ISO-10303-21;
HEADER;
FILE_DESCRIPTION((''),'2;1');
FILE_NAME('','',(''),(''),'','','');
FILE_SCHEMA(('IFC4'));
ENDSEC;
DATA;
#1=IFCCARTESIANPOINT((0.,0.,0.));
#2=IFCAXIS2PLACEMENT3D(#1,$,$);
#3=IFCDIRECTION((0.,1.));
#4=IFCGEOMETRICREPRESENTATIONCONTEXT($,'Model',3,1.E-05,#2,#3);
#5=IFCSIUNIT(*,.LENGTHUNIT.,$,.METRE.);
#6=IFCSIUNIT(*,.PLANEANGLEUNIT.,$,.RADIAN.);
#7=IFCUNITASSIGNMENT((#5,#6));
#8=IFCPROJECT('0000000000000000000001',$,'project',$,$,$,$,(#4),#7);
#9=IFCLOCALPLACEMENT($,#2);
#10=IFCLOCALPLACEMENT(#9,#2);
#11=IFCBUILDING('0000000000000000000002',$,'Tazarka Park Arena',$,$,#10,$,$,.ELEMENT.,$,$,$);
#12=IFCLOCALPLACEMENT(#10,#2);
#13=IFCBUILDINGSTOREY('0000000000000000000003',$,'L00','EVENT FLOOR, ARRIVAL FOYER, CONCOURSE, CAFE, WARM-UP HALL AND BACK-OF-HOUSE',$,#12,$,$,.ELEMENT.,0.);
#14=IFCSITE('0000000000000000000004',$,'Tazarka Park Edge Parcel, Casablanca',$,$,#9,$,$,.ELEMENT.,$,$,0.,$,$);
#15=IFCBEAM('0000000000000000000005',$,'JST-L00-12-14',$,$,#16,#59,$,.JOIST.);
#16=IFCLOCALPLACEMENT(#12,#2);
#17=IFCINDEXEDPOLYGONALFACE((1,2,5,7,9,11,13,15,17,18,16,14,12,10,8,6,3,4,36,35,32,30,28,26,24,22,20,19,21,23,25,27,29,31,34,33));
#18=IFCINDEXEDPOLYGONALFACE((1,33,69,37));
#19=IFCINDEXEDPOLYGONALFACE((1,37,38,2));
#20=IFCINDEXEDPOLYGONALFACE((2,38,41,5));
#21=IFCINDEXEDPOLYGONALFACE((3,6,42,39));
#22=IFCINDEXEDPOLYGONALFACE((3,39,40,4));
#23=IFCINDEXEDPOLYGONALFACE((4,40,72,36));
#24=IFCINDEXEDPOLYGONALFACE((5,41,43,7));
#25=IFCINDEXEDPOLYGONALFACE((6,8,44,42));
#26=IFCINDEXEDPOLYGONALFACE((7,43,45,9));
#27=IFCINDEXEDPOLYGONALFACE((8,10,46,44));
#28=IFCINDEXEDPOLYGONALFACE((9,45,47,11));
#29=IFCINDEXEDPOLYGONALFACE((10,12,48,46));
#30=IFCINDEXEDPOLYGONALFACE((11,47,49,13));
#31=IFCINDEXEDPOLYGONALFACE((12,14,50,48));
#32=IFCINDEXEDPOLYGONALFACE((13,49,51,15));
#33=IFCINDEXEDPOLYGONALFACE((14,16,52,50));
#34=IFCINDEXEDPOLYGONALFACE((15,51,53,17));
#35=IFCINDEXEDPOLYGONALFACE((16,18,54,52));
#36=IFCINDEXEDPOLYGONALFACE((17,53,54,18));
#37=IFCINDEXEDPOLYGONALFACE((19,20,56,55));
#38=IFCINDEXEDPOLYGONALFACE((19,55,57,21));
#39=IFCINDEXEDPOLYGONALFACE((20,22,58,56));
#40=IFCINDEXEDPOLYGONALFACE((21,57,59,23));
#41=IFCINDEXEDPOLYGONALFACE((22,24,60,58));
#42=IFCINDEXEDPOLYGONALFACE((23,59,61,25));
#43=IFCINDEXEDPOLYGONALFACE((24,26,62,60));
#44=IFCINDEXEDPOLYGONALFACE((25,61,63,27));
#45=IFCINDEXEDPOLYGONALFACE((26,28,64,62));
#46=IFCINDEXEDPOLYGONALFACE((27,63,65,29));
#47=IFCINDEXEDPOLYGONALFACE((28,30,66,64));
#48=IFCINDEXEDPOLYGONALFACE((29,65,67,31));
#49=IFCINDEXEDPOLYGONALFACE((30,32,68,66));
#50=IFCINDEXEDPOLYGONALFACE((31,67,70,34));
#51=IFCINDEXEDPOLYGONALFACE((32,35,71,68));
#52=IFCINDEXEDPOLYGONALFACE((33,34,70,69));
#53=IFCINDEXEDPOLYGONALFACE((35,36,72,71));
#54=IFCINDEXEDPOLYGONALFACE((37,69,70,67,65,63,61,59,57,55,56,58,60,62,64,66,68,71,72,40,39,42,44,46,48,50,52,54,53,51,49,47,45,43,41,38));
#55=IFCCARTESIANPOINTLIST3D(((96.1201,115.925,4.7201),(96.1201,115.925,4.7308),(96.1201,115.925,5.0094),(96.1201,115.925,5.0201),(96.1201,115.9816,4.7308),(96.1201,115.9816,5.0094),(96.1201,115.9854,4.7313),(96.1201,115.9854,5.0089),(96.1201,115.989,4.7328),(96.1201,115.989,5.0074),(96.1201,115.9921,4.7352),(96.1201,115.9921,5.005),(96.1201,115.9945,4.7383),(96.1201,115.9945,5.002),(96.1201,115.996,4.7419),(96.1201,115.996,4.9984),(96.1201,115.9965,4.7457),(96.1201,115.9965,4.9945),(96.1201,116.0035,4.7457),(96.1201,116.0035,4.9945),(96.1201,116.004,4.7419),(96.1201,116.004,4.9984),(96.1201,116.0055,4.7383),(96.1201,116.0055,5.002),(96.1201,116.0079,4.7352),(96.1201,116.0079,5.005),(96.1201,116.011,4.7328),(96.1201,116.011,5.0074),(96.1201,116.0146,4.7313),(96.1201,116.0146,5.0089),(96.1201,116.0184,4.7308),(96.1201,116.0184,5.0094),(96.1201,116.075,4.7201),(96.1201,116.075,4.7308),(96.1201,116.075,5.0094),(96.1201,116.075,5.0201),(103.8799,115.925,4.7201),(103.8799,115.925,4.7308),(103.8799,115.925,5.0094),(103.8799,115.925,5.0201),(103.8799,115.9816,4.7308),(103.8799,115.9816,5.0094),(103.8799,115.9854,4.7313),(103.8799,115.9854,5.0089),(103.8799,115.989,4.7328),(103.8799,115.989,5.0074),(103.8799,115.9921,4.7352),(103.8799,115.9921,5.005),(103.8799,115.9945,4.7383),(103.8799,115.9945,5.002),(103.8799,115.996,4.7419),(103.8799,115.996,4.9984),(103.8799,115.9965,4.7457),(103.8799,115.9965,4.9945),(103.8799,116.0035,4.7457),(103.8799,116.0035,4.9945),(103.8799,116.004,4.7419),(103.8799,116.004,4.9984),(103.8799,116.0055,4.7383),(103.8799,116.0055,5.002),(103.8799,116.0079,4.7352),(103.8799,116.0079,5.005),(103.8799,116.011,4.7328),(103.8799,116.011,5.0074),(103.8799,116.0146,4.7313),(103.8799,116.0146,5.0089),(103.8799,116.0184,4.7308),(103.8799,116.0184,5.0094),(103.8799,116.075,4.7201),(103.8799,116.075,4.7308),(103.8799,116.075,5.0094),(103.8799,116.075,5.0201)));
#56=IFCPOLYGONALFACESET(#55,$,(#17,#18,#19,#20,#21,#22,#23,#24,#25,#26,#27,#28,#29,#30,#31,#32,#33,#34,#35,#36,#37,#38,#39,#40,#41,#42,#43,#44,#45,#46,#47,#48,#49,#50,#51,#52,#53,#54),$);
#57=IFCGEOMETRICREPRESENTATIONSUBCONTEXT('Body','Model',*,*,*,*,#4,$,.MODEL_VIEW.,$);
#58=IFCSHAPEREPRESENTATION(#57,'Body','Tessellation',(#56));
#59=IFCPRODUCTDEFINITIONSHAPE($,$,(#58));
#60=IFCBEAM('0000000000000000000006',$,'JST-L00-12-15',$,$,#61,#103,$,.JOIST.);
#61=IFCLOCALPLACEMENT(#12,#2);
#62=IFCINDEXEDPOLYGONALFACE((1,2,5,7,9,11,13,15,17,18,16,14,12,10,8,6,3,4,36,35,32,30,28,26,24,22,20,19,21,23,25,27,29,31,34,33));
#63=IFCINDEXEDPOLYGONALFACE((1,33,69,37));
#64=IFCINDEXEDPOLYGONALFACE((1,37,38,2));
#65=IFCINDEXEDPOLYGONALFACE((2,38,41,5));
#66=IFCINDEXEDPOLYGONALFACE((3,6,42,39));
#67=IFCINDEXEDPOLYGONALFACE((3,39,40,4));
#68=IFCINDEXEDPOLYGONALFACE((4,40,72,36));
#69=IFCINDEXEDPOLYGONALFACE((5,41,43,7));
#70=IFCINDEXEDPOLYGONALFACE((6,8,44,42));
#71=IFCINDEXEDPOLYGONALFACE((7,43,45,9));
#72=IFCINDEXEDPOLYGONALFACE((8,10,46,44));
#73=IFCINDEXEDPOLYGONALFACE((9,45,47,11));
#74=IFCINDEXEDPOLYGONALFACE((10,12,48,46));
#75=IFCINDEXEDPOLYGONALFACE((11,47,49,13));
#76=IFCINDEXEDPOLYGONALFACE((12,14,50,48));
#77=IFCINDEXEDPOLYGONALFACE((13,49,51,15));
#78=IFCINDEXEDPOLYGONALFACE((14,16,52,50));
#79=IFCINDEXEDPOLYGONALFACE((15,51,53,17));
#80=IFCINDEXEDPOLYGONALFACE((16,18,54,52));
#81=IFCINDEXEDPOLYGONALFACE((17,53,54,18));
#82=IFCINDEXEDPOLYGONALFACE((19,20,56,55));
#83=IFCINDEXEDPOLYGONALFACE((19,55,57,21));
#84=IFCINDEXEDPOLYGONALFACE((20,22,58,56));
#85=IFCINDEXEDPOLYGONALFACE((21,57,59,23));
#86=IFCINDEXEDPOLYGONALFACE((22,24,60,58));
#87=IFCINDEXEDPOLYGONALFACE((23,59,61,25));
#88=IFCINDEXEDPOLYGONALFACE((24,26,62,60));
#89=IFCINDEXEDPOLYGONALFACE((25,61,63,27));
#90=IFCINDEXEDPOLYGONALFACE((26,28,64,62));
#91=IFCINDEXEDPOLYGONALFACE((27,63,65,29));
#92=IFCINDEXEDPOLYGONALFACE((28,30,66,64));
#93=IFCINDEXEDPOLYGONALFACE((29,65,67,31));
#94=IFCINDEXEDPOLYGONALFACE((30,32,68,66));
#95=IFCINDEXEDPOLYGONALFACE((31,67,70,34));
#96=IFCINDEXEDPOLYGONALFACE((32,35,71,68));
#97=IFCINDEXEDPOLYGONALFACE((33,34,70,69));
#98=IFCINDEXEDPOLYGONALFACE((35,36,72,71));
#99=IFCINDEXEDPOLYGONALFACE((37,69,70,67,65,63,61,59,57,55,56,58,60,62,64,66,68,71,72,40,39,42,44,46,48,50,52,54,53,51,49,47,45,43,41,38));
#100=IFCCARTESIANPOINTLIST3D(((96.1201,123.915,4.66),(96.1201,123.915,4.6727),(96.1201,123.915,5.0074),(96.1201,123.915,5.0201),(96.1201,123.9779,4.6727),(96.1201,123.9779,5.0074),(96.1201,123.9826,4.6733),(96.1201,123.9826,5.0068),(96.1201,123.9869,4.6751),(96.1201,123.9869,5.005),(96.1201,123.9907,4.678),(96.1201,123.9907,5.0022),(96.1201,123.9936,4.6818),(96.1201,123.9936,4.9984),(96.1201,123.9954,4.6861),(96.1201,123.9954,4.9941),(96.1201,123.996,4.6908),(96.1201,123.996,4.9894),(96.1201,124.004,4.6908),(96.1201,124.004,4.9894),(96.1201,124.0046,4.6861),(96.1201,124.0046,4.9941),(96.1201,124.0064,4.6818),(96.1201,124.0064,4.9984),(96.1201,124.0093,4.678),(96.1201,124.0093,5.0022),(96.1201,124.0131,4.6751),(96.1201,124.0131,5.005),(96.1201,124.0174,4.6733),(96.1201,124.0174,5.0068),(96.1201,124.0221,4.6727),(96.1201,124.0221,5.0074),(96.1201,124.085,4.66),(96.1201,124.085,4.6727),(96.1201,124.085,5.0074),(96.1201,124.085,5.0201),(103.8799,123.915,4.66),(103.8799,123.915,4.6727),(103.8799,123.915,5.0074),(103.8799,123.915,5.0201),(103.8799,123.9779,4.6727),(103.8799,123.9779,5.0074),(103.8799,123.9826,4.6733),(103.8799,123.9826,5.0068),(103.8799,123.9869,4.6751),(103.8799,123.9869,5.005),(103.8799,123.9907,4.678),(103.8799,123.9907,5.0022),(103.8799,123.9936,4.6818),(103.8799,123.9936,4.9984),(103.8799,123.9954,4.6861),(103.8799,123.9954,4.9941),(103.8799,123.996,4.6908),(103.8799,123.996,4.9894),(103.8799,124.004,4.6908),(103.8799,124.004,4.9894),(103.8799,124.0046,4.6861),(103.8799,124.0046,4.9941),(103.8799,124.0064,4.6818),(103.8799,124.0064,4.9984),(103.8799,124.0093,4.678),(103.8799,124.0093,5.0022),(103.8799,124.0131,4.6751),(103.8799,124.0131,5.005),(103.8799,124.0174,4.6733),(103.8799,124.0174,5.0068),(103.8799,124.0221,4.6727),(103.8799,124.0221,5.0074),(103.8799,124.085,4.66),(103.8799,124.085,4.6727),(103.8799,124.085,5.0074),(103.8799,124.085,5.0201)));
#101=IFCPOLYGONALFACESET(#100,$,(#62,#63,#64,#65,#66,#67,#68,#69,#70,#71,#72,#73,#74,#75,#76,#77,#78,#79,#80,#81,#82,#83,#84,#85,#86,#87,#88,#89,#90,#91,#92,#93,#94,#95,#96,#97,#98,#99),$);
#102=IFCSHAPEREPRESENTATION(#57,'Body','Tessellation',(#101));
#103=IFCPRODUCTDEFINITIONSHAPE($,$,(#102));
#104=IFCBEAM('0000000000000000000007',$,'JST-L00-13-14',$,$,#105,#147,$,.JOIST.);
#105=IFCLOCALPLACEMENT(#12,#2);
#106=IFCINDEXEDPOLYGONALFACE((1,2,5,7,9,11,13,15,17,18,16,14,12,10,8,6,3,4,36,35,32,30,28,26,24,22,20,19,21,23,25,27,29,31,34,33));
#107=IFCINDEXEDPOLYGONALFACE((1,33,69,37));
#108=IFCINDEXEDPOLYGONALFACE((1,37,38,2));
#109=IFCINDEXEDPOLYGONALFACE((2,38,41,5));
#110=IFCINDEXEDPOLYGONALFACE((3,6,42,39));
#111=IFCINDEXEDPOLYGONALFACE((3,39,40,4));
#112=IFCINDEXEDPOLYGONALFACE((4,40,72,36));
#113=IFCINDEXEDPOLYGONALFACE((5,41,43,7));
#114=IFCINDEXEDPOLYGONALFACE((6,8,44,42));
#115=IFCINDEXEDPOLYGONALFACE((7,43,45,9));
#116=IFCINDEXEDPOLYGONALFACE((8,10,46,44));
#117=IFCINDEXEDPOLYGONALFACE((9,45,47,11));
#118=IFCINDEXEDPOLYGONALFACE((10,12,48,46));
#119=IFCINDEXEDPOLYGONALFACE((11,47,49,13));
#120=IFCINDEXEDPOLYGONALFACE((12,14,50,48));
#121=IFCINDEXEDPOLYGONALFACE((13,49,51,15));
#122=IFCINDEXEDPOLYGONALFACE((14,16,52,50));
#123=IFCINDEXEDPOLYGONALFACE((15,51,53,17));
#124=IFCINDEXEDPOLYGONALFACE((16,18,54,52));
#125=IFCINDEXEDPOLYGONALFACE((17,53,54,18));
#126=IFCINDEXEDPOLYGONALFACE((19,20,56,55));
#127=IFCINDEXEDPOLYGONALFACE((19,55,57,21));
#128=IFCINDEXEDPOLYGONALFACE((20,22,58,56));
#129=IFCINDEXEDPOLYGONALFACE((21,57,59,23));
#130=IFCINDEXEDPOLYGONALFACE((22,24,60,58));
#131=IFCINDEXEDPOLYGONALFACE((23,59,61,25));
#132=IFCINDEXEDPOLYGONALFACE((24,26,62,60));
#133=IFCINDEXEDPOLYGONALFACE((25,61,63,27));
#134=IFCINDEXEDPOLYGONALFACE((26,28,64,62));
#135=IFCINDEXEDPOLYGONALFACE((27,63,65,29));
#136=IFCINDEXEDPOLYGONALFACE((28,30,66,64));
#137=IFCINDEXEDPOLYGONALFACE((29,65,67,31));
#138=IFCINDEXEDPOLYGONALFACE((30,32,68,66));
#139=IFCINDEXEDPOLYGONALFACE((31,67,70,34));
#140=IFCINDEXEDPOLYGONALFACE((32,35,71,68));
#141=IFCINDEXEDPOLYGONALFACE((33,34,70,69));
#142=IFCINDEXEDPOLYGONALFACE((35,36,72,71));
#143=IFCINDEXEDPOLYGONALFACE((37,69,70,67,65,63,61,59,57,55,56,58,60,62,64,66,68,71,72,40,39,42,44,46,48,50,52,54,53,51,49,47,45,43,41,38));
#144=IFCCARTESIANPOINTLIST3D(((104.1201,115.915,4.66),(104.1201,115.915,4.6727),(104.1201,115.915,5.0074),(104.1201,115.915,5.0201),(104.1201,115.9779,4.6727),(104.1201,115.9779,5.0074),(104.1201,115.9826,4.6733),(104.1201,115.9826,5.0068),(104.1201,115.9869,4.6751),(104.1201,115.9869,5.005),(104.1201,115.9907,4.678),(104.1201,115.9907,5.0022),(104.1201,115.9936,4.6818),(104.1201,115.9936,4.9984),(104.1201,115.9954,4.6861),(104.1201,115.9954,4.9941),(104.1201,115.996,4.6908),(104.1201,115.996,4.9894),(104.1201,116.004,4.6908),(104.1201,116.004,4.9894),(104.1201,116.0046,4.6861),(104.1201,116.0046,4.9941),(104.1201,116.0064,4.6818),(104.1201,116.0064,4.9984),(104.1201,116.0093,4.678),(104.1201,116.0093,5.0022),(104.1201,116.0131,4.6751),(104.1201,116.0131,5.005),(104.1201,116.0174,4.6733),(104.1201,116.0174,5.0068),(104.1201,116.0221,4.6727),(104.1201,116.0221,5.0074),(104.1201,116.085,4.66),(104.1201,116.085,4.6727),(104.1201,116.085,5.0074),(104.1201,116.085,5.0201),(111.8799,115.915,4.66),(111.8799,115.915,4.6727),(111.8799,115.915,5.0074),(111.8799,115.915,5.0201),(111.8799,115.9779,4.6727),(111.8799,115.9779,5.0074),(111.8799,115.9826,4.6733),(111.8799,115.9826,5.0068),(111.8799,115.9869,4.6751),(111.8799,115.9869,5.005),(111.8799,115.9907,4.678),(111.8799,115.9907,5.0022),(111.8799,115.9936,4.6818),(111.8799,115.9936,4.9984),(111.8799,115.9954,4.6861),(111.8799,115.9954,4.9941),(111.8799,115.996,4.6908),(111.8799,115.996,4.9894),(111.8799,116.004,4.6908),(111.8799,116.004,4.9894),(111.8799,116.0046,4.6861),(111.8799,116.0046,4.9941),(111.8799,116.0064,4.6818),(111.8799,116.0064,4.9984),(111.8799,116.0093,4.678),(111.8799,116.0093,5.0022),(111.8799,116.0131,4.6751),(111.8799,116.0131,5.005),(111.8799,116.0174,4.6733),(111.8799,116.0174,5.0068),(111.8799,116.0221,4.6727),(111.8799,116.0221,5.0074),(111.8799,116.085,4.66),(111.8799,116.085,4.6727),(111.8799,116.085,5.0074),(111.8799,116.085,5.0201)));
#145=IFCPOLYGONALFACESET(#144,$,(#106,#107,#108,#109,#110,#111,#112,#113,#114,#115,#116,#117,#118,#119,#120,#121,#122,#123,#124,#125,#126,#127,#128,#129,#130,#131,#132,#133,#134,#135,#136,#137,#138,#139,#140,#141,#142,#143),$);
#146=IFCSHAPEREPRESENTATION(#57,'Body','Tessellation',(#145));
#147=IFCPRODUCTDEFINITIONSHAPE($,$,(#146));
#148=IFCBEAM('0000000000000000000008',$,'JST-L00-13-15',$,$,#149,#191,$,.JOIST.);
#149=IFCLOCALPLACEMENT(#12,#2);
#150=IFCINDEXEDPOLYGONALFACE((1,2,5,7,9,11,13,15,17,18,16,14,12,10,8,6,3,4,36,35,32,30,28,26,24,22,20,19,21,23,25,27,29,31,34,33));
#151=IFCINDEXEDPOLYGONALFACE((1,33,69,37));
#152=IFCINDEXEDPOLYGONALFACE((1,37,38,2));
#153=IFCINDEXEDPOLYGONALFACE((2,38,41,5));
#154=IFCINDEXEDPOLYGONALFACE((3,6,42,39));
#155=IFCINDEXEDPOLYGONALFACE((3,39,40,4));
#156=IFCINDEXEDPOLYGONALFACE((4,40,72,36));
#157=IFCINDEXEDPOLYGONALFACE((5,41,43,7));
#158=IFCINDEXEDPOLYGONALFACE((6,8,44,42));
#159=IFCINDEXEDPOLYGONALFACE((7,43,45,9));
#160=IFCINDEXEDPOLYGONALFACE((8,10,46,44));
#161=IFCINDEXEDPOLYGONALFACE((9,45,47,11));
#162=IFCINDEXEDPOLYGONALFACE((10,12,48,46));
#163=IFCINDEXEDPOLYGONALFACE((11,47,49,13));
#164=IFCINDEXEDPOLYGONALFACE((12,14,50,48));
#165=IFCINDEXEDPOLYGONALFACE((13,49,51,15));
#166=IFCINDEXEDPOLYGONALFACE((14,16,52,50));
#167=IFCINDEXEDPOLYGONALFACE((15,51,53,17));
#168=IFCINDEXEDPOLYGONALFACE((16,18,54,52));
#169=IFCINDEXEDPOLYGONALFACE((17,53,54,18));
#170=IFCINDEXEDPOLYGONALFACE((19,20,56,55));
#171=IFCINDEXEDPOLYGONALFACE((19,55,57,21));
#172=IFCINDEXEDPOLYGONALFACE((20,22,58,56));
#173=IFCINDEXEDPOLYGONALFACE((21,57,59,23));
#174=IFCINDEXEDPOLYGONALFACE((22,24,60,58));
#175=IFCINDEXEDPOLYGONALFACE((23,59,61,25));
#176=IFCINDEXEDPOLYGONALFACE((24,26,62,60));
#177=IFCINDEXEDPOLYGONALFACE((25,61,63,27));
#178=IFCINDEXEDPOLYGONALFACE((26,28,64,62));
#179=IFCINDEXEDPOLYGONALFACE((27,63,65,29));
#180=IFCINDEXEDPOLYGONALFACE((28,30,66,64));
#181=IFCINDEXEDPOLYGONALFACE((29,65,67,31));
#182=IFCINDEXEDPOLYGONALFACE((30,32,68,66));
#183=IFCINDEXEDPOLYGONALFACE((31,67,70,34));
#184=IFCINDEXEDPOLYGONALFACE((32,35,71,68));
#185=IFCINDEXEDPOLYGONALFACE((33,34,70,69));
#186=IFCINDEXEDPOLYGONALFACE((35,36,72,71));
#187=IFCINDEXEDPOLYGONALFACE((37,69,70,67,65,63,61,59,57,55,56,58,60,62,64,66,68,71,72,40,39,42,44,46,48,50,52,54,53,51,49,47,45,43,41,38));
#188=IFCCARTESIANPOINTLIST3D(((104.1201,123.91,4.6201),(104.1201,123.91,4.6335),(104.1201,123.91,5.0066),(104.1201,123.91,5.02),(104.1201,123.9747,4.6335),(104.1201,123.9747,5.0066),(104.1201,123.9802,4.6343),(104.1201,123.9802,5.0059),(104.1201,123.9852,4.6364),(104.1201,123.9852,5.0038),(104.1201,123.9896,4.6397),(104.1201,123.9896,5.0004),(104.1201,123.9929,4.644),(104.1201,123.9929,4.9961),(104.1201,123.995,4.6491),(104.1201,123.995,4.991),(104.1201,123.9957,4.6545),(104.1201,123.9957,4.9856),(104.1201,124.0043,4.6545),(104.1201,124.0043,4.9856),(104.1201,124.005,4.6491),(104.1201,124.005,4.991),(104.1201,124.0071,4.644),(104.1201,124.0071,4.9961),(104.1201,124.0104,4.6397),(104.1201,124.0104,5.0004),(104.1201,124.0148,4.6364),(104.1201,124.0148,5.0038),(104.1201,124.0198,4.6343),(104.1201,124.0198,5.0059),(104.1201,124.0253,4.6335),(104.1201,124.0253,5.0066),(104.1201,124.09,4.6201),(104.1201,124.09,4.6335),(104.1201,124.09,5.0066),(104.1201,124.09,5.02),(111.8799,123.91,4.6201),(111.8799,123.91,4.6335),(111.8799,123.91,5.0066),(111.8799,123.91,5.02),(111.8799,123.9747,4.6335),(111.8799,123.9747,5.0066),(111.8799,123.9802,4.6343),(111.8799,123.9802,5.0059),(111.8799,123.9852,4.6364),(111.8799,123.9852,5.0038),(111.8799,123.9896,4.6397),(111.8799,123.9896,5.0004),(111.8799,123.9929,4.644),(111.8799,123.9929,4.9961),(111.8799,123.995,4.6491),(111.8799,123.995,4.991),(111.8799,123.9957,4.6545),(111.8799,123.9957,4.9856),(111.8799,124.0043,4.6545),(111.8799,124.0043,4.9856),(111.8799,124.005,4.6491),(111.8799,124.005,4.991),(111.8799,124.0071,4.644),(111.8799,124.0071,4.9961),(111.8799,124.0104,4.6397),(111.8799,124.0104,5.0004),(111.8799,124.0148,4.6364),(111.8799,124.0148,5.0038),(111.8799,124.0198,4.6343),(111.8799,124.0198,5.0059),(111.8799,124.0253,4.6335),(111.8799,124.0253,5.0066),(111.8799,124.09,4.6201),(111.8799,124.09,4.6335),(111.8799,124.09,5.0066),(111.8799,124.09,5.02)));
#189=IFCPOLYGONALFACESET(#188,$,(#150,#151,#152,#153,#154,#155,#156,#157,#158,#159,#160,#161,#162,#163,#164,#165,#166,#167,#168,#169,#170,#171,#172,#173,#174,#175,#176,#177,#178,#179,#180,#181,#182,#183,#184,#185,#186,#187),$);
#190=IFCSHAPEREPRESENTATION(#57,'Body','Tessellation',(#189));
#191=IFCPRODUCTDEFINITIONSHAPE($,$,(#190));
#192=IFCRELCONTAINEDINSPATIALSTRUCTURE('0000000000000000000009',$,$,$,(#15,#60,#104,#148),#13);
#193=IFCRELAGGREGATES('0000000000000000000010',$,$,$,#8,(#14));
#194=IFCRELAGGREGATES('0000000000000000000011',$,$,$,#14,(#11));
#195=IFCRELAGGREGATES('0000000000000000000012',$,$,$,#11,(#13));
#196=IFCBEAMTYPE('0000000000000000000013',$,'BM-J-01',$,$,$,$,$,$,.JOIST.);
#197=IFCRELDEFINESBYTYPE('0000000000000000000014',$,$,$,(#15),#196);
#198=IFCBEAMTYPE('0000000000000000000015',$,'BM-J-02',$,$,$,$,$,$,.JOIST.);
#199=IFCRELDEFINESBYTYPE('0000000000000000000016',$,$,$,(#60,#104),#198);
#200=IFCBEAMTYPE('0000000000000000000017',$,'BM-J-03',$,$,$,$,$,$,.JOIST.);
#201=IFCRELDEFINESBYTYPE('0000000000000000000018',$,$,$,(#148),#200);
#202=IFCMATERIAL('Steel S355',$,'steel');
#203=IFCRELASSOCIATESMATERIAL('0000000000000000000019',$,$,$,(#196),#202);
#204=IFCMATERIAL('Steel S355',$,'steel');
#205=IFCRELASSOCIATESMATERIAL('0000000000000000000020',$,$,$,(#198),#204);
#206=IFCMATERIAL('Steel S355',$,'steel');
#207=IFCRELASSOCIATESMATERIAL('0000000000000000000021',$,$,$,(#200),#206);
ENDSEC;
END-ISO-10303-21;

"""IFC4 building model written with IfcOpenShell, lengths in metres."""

from ifc_helpers import new_model, si_unit, direction, frame, origin, origin_2d, place, context, subcontext, project, spatial, i_section, extrude, material, material_profile, profile_set, type_object, element, save


model = new_model("IFC4")

# Units and contexts
model_context = context("Model", 3, precision=1e-05, world=origin(), true_north=direction((0.0, 1.0)))
body_context = subcontext(model_context, "Body", "Model", "MODEL_VIEW")
ifc_project = project(units=[si_unit("LENGTHUNIT", "METRE"), si_unit("PLANEANGLEUNIT", "RADIAN")], contexts=[model_context])

# Site, building, storey
site_placement = place(None, origin())
site = spatial("IfcSite", under=ifc_project, at=site_placement, Name="Tazarka Park Edge Parcel, Casablanca", CompositionType="ELEMENT", RefElevation=0.0)
building_placement = place(site_placement, origin())
building = spatial("IfcBuilding", under=site, at=building_placement, Name="Tazarka Park Arena", CompositionType="ELEMENT")
storey_placement = place(building_placement, origin())
storey = spatial("IfcBuildingStorey", under=building, at=storey_placement, Name="L00", Description="EVENT FLOOR, ARRIVAL FOYER, CONCOURSE, CAFE, WARM-UP HALL AND BACK-OF-HOUSE", CompositionType="ELEMENT", Elevation=0.0)

# Beams
ifc_material_1 = material(Name="Steel S355", Category="steel")
ifc_material_profile_1 = material_profile(ifc_material_1, i_section(OverallWidth=0.1499, OverallDepth=0.3, WebThickness=0.0071, FlangeThickness=0.0107, FilletRadius=0.0149, at=origin_2d()), Name="Steel S355")
ifc_profile_set_1 = profile_set([ifc_material_profile_1], Name="Steel S355")
beam_type_1 = type_object("IfcBeamType", Name="BM-J-01", PredefinedType="JOIST", material=ifc_profile_set_1)
beam_1_placement = place(storey_placement, frame((96.1201, 116.0, 4.8701), z_axis=(1.0, 0.0, 0.0), x_axis=(0.0, 1.0, 0.0)))
element("IfcBeam", 1, at=beam_1_placement, inside=storey, type_object=beam_type_1, Name="JST-L00-12-14", PredefinedType="JOIST", context=body_context, shape_type="SweptSolid", body=[
    extrude(i_section(OverallWidth=0.1499, OverallDepth=0.3, WebThickness=0.0071, FlangeThickness=0.0107, FilletRadius=0.0149, at=origin_2d()), origin(), (0.0, 0.0, 1.0), 7.7598),
])
ifc_material_2 = material(Name="Steel S355", Category="steel")
ifc_material_profile_2 = material_profile(ifc_material_2, i_section(OverallWidth=0.1699, OverallDepth=0.3601, WebThickness=0.0081, FlangeThickness=0.0127, FilletRadius=0.0181, at=origin_2d()), Name="Steel S355")
ifc_profile_set_2 = profile_set([ifc_material_profile_2], Name="Steel S355")
beam_type_2 = type_object("IfcBeamType", Name="BM-J-02", PredefinedType="JOIST", material=ifc_profile_set_2)
for number, where, z_axis, x_axis, name in (
    (2, (96.1201, 124.0, 4.8401), (1.0, 0.0, 0.0), (0.0, 1.0, 0.0), "JST-L00-12-15"),
    (3, (104.1201, 116.0, 4.8401), (1.0, 0.0, 0.0), (0.0, 1.0, 0.0), "JST-L00-13-14"),
):
    element("IfcBeam", number, at=place(storey_placement, frame(where, z_axis=z_axis, x_axis=x_axis)), inside=storey, type_object=beam_type_2, Name=name, PredefinedType="JOIST", context=body_context, shape_type="SweptSolid", body=[
        extrude(i_section(OverallWidth=0.1699, OverallDepth=0.3601, WebThickness=0.0081, FlangeThickness=0.0127, FilletRadius=0.0181, at=origin_2d()), origin(), (0.0, 0.0, 1.0), 7.7598),
    ])
ifc_material_3 = material(Name="Steel S355", Category="steel")
ifc_material_profile_3 = material_profile(ifc_material_3, i_section(OverallWidth=0.1799, OverallDepth=0.3999, WebThickness=0.0085, FlangeThickness=0.0134, FilletRadius=0.021, at=origin_2d()), Name="Steel S355")
ifc_profile_set_3 = profile_set([ifc_material_profile_3], Name="Steel S355")
beam_type_3 = type_object("IfcBeamType", Name="BM-J-03", PredefinedType="JOIST", material=ifc_profile_set_3)
beam_2_placement = place(storey_placement, frame((104.1201, 124.0, 4.8201), z_axis=(1.0, 0.0, 0.0), x_axis=(0.0, 1.0, 0.0)))
element("IfcBeam", 4, at=beam_2_placement, inside=storey, type_object=beam_type_3, Name="JST-L00-13-15", PredefinedType="JOIST", context=body_context, shape_type="SweptSolid", body=[
    extrude(i_section(OverallWidth=0.1799, OverallDepth=0.3999, WebThickness=0.0085, FlangeThickness=0.0134, FilletRadius=0.021, at=origin_2d()), origin(), (0.0, 0.0, 1.0), 7.7598),
])

save(model, "model.ifc")
